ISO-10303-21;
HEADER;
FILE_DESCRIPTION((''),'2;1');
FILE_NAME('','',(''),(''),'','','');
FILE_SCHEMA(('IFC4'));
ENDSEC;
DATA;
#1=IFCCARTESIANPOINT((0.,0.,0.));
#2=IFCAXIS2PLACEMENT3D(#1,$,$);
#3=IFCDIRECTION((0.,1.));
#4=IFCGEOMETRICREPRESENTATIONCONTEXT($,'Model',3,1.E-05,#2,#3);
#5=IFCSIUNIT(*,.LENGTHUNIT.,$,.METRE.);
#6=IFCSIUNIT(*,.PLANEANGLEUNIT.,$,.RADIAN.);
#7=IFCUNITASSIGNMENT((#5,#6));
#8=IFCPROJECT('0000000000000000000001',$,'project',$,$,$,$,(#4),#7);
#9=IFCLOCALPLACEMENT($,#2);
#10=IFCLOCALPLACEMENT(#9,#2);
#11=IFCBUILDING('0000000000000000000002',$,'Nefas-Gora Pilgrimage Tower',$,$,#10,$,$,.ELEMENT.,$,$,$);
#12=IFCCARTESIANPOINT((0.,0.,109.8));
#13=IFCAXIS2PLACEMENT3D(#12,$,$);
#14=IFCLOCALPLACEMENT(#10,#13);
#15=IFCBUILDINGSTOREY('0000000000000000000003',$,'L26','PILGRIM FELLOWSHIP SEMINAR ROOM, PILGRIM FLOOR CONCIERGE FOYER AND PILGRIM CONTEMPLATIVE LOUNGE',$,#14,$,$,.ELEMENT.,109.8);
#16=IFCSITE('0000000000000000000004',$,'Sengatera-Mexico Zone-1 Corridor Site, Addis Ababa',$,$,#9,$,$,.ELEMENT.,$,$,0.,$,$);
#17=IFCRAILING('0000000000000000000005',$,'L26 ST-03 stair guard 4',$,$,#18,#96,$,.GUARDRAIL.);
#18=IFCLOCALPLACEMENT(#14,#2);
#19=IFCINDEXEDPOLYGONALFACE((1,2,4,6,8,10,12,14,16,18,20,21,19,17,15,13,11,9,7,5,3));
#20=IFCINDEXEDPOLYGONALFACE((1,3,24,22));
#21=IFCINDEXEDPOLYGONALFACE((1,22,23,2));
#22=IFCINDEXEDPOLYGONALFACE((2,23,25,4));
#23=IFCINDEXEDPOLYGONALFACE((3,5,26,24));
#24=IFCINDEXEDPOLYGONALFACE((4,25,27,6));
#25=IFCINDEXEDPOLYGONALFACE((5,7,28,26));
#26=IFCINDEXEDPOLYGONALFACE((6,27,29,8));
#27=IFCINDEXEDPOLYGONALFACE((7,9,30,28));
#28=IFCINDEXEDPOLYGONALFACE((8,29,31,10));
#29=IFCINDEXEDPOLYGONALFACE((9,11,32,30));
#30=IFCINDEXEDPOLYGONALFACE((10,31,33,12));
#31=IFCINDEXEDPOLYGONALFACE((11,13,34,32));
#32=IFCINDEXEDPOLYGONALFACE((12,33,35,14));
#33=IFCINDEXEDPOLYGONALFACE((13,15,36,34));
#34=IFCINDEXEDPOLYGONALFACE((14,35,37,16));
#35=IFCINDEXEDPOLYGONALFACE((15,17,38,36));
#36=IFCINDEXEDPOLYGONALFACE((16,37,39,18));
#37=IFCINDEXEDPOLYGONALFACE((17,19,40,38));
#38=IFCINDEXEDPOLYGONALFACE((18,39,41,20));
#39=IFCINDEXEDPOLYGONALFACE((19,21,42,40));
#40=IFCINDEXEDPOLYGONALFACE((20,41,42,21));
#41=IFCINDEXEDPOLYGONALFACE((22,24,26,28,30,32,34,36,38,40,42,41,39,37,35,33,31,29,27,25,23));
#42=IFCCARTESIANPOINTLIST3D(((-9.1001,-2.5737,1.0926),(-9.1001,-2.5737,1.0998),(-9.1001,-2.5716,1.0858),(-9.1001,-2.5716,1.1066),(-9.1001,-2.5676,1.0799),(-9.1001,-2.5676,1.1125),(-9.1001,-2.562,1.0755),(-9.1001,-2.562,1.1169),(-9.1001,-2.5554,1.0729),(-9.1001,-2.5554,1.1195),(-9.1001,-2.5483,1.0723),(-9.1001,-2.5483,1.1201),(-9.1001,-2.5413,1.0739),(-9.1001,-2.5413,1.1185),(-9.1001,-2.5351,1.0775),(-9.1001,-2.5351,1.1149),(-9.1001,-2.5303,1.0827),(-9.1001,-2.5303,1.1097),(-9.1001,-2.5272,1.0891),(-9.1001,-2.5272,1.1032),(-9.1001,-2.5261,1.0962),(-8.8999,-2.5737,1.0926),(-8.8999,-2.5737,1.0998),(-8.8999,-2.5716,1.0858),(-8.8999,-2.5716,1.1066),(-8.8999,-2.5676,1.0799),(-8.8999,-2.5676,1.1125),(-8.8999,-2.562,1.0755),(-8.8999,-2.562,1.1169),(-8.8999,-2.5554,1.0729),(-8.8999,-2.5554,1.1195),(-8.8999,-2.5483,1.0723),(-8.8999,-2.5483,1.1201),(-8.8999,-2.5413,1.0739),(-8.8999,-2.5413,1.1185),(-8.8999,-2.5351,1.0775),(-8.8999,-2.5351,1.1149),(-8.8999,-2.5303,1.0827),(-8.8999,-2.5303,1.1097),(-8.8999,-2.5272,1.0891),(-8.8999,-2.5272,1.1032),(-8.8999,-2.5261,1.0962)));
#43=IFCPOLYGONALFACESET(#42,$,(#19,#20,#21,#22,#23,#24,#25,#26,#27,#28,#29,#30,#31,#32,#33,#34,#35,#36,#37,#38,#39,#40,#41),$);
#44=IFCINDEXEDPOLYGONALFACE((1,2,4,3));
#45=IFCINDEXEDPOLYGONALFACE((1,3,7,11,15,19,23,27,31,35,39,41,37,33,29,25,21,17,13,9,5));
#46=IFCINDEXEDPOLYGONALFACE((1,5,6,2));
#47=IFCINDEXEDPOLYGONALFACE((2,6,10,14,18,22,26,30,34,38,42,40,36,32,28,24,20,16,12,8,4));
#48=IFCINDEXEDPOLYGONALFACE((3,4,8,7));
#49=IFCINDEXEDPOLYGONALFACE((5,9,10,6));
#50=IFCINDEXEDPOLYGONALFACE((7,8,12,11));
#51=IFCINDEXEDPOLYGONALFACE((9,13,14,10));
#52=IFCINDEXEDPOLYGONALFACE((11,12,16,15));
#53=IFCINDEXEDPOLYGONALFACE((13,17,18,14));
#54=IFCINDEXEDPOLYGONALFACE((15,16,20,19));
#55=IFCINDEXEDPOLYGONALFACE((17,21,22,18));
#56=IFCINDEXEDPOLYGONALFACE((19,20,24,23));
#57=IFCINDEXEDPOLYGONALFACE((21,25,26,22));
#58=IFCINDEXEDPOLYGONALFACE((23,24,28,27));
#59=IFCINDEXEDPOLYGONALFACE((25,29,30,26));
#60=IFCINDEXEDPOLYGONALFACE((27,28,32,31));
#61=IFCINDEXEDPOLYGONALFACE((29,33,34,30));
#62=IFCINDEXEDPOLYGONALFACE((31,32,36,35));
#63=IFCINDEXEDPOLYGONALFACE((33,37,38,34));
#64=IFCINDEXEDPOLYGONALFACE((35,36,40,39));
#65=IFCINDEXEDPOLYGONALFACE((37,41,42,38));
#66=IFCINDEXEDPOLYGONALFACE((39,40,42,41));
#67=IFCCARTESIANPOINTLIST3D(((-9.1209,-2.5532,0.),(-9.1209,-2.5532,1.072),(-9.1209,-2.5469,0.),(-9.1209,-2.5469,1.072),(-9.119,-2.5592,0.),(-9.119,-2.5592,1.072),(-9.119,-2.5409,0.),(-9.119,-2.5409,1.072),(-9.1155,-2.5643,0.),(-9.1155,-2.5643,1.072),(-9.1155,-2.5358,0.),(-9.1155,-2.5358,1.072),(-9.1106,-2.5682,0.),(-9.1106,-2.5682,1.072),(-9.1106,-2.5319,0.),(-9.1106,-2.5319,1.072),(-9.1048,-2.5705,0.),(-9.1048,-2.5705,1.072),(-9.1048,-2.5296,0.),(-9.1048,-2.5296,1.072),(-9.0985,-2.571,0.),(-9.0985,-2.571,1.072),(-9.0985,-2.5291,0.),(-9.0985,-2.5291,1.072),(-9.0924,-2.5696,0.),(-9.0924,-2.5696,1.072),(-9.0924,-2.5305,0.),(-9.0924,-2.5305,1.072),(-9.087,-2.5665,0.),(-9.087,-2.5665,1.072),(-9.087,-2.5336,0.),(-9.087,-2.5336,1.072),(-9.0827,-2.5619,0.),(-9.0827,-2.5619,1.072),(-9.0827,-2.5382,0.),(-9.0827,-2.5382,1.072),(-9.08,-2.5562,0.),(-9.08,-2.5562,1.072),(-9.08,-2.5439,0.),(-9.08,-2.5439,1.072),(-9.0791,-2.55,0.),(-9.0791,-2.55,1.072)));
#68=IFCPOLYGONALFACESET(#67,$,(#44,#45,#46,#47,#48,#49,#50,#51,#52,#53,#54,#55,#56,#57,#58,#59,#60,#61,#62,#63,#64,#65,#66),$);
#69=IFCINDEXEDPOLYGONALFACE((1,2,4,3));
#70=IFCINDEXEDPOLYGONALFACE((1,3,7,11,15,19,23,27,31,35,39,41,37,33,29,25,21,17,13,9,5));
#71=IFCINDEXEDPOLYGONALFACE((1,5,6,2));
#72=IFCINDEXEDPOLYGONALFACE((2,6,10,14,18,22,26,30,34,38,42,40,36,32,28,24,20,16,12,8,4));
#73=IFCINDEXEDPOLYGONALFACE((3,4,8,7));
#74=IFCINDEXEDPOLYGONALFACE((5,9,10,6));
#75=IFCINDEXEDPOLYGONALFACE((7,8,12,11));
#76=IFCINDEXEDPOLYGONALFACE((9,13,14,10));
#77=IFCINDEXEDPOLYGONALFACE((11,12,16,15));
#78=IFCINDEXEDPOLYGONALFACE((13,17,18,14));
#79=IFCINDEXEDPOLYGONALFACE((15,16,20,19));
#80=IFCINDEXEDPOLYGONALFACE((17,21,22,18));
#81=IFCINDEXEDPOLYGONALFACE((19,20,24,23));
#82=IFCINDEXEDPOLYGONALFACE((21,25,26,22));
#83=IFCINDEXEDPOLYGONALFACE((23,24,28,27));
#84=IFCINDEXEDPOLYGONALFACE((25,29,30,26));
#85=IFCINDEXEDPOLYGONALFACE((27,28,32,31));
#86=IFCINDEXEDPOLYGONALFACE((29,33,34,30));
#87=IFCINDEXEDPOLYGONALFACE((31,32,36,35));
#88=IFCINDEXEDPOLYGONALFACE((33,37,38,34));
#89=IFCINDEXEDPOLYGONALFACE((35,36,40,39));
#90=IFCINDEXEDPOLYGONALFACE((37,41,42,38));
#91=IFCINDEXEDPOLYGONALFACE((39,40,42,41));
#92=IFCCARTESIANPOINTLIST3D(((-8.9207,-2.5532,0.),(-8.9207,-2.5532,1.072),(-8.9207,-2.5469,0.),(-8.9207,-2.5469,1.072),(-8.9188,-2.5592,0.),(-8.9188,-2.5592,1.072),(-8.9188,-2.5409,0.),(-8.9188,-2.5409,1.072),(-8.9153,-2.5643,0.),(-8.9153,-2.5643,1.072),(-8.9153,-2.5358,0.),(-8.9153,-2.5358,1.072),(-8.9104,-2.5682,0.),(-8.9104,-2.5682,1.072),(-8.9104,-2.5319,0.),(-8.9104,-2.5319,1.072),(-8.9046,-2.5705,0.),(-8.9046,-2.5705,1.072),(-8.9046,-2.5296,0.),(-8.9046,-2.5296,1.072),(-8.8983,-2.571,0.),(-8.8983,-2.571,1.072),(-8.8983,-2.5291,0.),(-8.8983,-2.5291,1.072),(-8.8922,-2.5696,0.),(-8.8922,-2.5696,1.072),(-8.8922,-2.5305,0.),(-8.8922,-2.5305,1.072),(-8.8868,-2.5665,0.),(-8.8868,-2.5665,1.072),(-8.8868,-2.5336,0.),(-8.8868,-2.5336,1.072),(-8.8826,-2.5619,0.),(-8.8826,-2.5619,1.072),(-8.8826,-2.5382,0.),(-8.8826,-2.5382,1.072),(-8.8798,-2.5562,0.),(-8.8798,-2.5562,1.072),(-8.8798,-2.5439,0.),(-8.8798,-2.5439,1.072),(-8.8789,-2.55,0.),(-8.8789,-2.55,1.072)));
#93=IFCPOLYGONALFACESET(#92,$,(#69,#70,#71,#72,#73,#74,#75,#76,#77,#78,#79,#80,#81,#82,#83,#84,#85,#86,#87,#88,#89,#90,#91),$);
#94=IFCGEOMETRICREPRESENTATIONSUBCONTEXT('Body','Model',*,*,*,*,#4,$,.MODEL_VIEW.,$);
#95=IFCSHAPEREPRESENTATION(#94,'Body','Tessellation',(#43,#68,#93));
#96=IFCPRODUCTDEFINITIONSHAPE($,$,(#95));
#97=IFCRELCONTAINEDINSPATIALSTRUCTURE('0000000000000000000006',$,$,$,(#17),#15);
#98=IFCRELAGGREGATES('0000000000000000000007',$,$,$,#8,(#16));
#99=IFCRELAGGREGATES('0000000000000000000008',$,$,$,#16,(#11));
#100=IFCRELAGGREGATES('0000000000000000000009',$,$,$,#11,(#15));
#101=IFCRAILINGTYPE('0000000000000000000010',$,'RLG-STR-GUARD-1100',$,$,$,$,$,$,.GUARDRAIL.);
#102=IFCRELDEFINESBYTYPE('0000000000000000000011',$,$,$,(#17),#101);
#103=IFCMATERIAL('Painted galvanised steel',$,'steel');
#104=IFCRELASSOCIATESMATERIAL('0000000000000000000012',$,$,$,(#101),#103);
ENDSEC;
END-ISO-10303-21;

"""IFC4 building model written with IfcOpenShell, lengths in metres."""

from ifc_helpers import new_model, si_unit, direction, frame, origin, origin_2d, place, context, subcontext, project, spatial, circle, extrude, material, type_object, element, save


model = new_model("IFC4")

# Units and contexts
model_context = context("Model", 3, precision=1e-05, world=origin(), true_north=direction((0.0, 1.0)))
body_context = subcontext(model_context, "Body", "Model", "MODEL_VIEW")
ifc_project = project(units=[si_unit("LENGTHUNIT", "METRE"), si_unit("PLANEANGLEUNIT", "RADIAN")], contexts=[model_context])

# Site, building, storey
site_placement = place(None, origin())
site = spatial("IfcSite", under=ifc_project, at=site_placement, Name="Sengatera-Mexico Zone-1 Corridor Site, Addis Ababa", CompositionType="ELEMENT", RefElevation=0.0)
building_placement = place(site_placement, origin())
building = spatial("IfcBuilding", under=site, at=building_placement, Name="Nefas-Gora Pilgrimage Tower", CompositionType="ELEMENT")
storey_placement = place(building_placement, frame((0.0, 0.0, 109.8)))
storey = spatial("IfcBuildingStorey", under=building, at=storey_placement, Name="L26", Description="PILGRIM FELLOWSHIP SEMINAR ROOM, PILGRIM FLOOR CONCIERGE FOYER AND PILGRIM CONTEMPLATIVE LOUNGE", CompositionType="ELEMENT", Elevation=109.8)

# Railing
ifc_material_1 = material(Name="Painted galvanised steel", Category="steel")
railing_type_1 = type_object("IfcRailingType", Name="RLG-STR-GUARD-1100", PredefinedType="GUARDRAIL", material=ifc_material_1)
railing_1_placement = place(storey_placement, frame((-9.1001, -2.55, 0.0)))
element("IfcRailing", 1, at=railing_1_placement, inside=storey, type_object=railing_type_1, Name="L26 ST-03 stair guard 4", PredefinedType="GUARDRAIL", context=body_context, shape_type="SweptSolid", body=[
    extrude(circle(Radius=0.0239, at=origin_2d()), frame((0.0, 0.0, 1.0962), z_axis=(1.0, 0.0, 0.0), x_axis=(0.0, 1.0, 0.0)), (0.0, 0.0, 1.0), 0.2002),
    extrude(circle(Radius=0.021, at=origin_2d()), origin(), (0.0, 0.0, 1.0), 1.072),
    extrude(circle(Radius=0.021, at=origin_2d()), frame((0.2002, 0.0, 0.0)), (0.0, 0.0, 1.0), 1.072),
])

save(model, "model.ifc")
